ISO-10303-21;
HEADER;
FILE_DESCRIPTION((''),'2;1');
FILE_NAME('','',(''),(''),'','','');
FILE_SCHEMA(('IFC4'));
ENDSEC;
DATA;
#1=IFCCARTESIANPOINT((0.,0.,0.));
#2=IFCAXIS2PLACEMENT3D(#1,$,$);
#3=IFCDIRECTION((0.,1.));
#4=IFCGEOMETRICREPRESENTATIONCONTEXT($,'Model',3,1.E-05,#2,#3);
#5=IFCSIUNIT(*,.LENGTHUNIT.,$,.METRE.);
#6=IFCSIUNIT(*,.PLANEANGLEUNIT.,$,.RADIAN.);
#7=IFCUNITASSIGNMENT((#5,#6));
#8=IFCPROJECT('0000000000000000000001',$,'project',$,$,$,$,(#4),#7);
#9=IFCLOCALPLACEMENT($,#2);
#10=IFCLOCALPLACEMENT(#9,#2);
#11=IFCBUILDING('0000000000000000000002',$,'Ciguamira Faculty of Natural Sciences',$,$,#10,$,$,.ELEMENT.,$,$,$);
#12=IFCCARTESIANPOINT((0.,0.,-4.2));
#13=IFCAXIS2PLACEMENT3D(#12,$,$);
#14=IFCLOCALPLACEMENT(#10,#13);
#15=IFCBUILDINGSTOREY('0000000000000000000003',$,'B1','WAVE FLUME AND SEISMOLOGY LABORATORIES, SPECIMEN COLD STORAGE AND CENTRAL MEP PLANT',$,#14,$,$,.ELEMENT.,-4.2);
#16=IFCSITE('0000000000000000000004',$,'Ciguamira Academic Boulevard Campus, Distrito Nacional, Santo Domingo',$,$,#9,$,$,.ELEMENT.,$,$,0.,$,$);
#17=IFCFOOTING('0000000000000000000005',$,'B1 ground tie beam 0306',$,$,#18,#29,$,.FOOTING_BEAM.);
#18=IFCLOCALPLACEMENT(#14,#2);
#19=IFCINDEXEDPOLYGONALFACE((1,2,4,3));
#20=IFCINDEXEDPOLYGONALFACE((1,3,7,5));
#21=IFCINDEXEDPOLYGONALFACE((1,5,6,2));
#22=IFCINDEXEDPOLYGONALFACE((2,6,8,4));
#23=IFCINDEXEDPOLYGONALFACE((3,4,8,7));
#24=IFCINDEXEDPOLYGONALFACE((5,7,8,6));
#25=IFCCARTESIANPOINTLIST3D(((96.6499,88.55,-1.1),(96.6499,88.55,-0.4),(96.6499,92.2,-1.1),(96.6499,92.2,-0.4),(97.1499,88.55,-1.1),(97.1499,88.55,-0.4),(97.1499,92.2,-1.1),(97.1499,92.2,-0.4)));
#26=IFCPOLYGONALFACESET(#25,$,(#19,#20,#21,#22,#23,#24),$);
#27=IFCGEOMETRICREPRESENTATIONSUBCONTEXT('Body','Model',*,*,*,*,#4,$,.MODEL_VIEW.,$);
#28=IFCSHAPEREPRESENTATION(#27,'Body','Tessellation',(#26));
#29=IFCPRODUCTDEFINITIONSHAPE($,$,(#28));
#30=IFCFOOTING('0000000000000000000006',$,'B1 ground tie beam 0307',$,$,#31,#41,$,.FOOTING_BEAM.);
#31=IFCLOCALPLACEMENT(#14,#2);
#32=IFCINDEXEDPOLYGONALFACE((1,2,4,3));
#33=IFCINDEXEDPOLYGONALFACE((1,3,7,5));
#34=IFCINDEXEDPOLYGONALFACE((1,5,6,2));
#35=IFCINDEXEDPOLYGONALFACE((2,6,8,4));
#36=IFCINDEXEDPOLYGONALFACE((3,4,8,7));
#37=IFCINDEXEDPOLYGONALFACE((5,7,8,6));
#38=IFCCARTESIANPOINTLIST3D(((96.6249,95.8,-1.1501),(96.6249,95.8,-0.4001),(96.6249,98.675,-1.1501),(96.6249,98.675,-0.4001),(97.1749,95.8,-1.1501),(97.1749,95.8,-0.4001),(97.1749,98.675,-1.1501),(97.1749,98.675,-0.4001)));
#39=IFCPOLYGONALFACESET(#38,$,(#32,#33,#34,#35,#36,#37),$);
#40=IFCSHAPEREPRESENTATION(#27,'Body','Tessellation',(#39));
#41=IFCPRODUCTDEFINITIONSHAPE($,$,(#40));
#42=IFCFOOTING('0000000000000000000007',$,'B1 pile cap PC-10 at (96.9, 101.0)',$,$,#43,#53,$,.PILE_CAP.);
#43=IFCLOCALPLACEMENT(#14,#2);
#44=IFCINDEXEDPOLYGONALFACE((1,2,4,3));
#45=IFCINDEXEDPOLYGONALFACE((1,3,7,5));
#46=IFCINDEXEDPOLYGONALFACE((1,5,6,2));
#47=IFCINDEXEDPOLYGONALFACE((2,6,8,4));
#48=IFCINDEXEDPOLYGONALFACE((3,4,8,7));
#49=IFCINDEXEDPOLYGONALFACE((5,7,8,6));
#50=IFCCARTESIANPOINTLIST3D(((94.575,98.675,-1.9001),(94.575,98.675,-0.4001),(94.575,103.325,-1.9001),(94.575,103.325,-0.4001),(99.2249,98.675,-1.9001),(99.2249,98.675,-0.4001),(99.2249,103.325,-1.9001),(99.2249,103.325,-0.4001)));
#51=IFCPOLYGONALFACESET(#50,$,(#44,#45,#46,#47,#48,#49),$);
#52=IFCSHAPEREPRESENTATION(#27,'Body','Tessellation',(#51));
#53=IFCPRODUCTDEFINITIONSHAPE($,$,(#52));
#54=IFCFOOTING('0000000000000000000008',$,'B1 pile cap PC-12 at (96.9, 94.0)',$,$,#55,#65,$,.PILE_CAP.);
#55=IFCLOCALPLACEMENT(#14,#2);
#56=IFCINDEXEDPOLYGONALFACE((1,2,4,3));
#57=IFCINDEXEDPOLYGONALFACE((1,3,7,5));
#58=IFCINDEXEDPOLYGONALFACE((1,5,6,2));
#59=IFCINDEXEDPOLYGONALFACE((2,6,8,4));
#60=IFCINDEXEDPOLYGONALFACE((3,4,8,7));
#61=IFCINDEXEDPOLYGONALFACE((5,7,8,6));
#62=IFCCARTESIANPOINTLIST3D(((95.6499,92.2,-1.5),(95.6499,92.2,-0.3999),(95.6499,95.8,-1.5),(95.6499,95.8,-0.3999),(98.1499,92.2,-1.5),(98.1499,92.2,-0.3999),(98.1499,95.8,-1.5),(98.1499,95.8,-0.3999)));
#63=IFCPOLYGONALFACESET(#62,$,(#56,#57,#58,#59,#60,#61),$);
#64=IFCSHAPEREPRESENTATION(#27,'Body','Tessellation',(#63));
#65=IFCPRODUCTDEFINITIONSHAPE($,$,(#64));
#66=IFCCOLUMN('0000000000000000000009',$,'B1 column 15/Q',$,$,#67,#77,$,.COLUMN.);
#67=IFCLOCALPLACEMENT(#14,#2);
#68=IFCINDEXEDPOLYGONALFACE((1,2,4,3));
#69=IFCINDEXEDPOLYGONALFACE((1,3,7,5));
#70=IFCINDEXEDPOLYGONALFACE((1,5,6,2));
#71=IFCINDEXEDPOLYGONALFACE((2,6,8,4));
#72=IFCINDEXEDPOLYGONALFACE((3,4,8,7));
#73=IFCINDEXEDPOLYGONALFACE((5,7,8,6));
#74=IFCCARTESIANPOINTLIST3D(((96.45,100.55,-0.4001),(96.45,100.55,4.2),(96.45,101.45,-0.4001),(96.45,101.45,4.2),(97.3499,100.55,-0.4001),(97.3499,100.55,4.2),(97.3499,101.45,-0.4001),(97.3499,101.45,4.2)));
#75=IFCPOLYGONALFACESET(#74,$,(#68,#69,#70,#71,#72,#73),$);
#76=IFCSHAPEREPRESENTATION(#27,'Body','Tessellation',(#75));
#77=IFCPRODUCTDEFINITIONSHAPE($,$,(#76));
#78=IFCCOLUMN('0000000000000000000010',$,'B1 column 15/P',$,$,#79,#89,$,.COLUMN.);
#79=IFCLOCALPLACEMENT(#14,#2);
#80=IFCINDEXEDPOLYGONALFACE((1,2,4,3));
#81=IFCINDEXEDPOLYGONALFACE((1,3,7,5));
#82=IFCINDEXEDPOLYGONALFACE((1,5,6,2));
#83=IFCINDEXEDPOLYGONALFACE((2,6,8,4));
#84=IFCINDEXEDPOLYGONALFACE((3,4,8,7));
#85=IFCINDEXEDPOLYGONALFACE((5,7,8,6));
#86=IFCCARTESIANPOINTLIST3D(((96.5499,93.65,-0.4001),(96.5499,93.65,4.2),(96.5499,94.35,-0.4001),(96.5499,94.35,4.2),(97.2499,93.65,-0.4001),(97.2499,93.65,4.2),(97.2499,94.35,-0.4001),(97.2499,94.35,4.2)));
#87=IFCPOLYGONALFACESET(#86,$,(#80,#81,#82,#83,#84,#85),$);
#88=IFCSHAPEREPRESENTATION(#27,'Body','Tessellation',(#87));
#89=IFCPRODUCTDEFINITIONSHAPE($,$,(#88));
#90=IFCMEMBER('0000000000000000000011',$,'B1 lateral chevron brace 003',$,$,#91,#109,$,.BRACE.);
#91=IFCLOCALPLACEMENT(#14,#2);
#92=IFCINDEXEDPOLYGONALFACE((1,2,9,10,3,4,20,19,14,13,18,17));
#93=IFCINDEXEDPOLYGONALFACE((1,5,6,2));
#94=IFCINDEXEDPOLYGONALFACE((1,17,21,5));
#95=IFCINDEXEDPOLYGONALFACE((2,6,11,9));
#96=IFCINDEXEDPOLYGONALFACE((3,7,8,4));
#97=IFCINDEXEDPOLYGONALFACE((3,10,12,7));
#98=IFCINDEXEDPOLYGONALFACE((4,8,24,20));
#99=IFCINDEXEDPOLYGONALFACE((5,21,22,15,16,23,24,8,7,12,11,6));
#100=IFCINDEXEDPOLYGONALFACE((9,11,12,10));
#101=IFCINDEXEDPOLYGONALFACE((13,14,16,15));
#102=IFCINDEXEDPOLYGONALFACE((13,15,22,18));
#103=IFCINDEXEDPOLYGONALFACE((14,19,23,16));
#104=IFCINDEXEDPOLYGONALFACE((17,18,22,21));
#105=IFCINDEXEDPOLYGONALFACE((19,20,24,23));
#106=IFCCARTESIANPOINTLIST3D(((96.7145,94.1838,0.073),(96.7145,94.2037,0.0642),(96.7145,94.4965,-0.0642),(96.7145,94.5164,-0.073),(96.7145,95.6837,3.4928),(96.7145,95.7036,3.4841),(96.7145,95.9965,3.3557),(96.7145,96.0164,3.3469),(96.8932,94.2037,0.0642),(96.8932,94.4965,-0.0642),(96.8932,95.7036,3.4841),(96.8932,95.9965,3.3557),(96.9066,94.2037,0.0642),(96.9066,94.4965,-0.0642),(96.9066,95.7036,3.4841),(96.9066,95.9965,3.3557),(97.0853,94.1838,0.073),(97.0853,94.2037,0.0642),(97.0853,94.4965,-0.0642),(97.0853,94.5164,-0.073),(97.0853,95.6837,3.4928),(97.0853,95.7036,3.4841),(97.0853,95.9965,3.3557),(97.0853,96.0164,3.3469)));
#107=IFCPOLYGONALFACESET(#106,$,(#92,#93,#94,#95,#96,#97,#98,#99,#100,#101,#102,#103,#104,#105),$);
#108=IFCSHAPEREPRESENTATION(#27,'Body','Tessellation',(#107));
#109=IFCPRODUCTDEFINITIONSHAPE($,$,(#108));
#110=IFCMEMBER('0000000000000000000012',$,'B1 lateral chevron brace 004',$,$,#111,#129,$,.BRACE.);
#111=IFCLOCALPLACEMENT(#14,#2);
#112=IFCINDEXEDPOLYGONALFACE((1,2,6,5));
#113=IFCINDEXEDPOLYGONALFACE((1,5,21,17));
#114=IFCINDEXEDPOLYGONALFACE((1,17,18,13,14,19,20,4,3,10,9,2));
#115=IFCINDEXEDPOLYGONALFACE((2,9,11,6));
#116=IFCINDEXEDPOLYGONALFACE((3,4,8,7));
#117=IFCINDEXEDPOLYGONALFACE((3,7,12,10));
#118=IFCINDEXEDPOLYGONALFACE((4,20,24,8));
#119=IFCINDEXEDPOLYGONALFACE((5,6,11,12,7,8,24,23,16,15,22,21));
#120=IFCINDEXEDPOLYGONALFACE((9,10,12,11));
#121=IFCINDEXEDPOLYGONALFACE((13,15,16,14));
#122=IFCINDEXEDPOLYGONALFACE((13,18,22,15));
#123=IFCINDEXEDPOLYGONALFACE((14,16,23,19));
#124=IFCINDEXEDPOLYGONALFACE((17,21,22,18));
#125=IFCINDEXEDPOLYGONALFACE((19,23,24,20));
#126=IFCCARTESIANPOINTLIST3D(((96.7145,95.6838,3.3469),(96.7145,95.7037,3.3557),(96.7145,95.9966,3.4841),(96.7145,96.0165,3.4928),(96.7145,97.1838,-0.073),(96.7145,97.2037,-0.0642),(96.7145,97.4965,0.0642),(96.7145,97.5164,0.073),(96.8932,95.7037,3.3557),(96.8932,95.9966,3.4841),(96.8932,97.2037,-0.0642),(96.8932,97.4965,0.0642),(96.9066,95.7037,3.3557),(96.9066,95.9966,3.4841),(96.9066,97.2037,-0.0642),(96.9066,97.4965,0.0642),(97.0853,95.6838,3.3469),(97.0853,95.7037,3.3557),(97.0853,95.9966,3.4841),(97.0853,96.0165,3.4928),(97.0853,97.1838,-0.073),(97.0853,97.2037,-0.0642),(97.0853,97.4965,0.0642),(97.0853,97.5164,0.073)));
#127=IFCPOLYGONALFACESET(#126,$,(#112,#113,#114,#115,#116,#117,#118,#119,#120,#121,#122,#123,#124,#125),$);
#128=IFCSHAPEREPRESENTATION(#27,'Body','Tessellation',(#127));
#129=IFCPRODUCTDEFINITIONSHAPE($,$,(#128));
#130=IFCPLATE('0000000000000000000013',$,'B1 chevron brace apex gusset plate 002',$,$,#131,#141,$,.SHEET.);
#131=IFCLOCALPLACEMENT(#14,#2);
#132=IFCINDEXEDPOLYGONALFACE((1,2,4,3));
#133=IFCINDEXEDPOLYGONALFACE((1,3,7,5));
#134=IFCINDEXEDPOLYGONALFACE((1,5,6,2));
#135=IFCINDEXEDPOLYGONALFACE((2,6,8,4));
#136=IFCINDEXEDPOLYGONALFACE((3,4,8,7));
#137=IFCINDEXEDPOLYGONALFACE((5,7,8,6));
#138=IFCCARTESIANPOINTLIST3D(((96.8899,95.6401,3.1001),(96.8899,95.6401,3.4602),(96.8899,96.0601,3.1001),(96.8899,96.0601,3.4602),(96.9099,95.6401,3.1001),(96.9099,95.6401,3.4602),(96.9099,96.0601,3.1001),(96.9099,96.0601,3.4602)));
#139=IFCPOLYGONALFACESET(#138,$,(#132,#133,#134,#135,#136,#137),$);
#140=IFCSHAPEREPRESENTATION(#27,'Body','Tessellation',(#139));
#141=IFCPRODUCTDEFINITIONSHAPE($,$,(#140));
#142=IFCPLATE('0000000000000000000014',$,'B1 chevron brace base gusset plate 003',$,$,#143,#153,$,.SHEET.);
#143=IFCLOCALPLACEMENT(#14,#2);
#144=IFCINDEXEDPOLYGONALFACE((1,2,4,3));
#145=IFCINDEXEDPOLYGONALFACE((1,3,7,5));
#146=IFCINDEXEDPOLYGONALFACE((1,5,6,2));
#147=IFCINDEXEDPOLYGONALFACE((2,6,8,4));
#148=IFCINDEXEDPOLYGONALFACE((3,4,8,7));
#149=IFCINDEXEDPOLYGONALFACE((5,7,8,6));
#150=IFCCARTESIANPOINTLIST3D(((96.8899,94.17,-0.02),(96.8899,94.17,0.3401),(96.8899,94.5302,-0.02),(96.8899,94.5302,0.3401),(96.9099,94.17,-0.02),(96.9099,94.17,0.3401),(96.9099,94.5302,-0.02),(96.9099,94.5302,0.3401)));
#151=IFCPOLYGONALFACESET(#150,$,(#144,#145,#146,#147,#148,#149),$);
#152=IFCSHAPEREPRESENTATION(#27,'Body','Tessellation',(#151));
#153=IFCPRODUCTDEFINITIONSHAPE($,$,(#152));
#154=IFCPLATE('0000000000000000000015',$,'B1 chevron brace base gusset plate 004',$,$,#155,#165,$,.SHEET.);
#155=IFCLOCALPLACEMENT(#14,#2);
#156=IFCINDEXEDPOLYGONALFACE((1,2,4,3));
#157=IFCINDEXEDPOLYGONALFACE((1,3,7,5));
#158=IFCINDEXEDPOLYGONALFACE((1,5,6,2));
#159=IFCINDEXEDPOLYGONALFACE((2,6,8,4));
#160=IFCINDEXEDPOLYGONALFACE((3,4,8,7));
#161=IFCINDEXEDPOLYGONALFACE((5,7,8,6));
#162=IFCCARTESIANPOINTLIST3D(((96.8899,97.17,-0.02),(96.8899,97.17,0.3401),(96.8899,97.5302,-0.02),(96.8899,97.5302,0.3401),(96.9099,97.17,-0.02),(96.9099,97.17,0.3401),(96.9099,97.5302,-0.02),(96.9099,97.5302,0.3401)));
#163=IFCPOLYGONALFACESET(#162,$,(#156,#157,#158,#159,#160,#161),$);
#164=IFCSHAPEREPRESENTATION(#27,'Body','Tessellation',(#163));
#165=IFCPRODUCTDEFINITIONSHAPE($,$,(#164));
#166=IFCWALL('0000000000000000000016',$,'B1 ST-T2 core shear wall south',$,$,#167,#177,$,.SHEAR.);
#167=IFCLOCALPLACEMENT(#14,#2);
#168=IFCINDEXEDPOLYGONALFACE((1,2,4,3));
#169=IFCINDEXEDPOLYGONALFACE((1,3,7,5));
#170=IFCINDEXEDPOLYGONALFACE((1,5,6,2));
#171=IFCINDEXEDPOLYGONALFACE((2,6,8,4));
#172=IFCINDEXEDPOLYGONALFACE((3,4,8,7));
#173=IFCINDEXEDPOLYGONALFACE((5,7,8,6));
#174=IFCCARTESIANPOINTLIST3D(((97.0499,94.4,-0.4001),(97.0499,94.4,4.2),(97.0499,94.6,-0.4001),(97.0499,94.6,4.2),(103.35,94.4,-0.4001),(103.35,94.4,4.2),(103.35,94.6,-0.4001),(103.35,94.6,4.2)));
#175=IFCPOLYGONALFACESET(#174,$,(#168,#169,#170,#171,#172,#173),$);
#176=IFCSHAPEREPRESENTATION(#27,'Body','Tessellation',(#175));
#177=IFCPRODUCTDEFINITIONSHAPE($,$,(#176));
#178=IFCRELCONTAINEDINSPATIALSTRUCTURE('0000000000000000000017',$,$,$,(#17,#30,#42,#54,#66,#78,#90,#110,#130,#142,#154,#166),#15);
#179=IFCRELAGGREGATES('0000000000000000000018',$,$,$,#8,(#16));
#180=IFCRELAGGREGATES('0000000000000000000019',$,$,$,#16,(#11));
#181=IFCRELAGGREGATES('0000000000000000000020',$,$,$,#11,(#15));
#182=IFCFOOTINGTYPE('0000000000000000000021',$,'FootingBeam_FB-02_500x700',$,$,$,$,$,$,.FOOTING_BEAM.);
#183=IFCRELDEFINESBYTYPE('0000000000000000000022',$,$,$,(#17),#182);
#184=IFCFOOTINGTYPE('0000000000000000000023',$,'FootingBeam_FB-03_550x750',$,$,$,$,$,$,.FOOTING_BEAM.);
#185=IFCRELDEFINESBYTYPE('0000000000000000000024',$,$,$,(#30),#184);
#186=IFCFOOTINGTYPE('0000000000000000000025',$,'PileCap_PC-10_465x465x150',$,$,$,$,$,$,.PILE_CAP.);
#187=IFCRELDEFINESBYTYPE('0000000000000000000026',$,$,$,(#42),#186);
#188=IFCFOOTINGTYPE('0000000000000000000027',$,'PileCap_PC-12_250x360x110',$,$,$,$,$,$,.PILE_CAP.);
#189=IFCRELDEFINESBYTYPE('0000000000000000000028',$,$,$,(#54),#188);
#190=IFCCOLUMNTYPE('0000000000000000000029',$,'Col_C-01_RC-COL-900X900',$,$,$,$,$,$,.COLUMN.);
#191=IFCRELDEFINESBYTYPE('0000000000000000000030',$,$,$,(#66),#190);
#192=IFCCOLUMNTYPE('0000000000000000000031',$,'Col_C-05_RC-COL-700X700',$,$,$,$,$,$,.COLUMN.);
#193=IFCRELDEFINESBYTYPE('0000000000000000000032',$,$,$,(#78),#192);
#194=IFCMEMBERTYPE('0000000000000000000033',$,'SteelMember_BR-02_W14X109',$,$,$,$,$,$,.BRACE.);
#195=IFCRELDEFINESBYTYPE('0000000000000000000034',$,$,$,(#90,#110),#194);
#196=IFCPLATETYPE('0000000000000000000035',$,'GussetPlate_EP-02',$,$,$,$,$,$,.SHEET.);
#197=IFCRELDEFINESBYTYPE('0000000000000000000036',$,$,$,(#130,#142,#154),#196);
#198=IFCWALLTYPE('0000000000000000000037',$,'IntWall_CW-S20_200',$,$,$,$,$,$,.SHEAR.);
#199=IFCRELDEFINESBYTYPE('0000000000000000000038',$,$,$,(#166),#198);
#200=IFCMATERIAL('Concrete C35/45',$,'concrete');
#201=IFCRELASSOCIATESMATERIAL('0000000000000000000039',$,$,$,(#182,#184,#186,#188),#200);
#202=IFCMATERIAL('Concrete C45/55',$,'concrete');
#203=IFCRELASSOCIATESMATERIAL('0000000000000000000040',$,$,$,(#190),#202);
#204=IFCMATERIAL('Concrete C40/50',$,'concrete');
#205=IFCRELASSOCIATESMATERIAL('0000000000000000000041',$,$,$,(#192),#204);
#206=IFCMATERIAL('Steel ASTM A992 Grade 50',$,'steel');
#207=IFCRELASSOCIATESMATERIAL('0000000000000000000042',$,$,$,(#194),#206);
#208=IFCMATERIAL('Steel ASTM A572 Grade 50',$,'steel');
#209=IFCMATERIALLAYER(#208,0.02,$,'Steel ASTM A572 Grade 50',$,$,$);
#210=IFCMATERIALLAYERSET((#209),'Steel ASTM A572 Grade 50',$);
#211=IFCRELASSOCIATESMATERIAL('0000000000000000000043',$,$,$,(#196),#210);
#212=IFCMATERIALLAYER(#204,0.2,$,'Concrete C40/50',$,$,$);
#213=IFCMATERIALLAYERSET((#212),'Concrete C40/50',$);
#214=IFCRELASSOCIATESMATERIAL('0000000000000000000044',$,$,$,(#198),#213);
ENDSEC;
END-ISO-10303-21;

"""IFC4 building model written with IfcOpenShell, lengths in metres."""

from ifc_helpers import new_model, si_unit, direction, frame, frame_2d, origin, origin_2d, place, context, subcontext, project, spatial, rectangle, i_section, extrude, material, layer, layer_set, material_profile, profile_set, type_object, element, save


model = new_model("IFC4")

# Units and contexts
model_context = context("Model", 3, precision=1e-05, world=origin(), true_north=direction((0.0, 1.0)))
body_context = subcontext(model_context, "Body", "Model", "MODEL_VIEW")
ifc_project = project(units=[si_unit("LENGTHUNIT", "METRE"), si_unit("PLANEANGLEUNIT", "RADIAN")], contexts=[model_context])

# Site, building, storey
site_placement = place(None, origin())
site = spatial("IfcSite", under=ifc_project, at=site_placement, Name="Ciguamira Academic Boulevard Campus, Distrito Nacional, Santo Domingo", CompositionType="ELEMENT", RefElevation=0.0)
building_placement = place(site_placement, origin())
building = spatial("IfcBuilding", under=site, at=building_placement, Name="Ciguamira Faculty of Natural Sciences", CompositionType="ELEMENT")
storey_placement = place(building_placement, frame((0.0, 0.0, -4.2)))
storey = spatial("IfcBuildingStorey", under=building, at=storey_placement, Name="B1", Description="WAVE FLUME AND SEISMOLOGY LABORATORIES, SPECIMEN COLD STORAGE AND CENTRAL MEP PLANT", CompositionType="ELEMENT", Elevation=-4.2)

# Shared definitions
ifc_material_1 = material(Name="Concrete C35/45", Category="concrete")

# Footings
ifc_material_profile_1 = material_profile(ifc_material_1, rectangle(XDim=0.5, YDim=0.7, at=origin_2d()), Name="RC-FB-500X700")
ifc_profile_set_1 = profile_set([ifc_material_profile_1], Name="Concrete C35/45")
footing_type_1 = type_object("IfcFootingType", Name="FootingBeam_FB-02_500x700", PredefinedType="FOOTING_BEAM", material=ifc_profile_set_1)
footing_1_placement = place(storey_placement, frame((96.8999, 88.55, -0.75), z_axis=(0.0, 1.0, 0.0), x_axis=(-1.0, 0.0, 0.0)))
element("IfcFooting", 1, at=footing_1_placement, inside=storey, type_object=footing_type_1, Name="B1 ground tie beam 0306", PredefinedType="FOOTING_BEAM", context=body_context, shape_type="SweptSolid", body=[
    extrude(rectangle(XDim=0.5, YDim=0.7, at=origin_2d()), origin(), (0.0, 0.0, 1.0), 3.6499),
])
ifc_material_profile_2 = material_profile(ifc_material_1, rectangle(XDim=0.55, YDim=0.75, at=origin_2d()), Name="RC-FB-550X750")
ifc_profile_set_2 = profile_set([ifc_material_profile_2], Name="Concrete C35/45")
footing_type_2 = type_object("IfcFootingType", Name="FootingBeam_FB-03_550x750", PredefinedType="FOOTING_BEAM", material=ifc_profile_set_2)
footing_2_placement = place(storey_placement, frame((96.8999, 95.8, -0.7751), z_axis=(0.0, 1.0, 0.0), x_axis=(-1.0, 0.0, 0.0)))
element("IfcFooting", 2, at=footing_2_placement, inside=storey, type_object=footing_type_2, Name="B1 ground tie beam 0307", PredefinedType="FOOTING_BEAM", context=body_context, shape_type="SweptSolid", body=[
    extrude(rectangle(XDim=0.55, YDim=0.75, at=origin_2d()), origin(), (0.0, 0.0, 1.0), 2.875),
])
footing_type_3 = type_object("IfcFootingType", Name="PileCap_PC-10_465x465x150", PredefinedType="PILE_CAP", material=ifc_material_1)
footing_3_placement = place(storey_placement, frame((96.8999, 101.0, -1.9001), z_axis=(0.0, 0.0, 1.0), x_axis=(1.0, 0.0, 0.0)))
element("IfcFooting", 3, at=footing_3_placement, inside=storey, type_object=footing_type_3, Name="B1 pile cap PC-10 at (96.9, 101.0)", PredefinedType="PILE_CAP", context=body_context, shape_type="SweptSolid", body=[
    extrude(rectangle(XDim=4.6499, YDim=4.6499, at=origin_2d()), origin(), (0.0, 0.0, 1.0), 1.5),
])
footing_type_4 = type_object("IfcFootingType", Name="PileCap_PC-12_250x360x110", PredefinedType="PILE_CAP", material=ifc_material_1)
footing_4_placement = place(storey_placement, frame((96.8999, 94.0, -1.5), z_axis=(0.0, 0.0, 1.0), x_axis=(1.0, 0.0, 0.0)))
element("IfcFooting", 4, at=footing_4_placement, inside=storey, type_object=footing_type_4, Name="B1 pile cap PC-12 at (96.9, 94.0)", PredefinedType="PILE_CAP", context=body_context, shape_type="SweptSolid", body=[
    extrude(rectangle(XDim=2.5, YDim=3.6001, at=origin_2d()), origin(), (0.0, 0.0, 1.0), 1.1001),
])

# Columns
ifc_material_2 = material(Name="Concrete C45/55", Category="concrete")
ifc_material_profile_3 = material_profile(ifc_material_2, rectangle(XDim=0.8999, YDim=0.8999, at=origin_2d()), Name="RC-COL-900X900")
ifc_profile_set_3 = profile_set([ifc_material_profile_3], Name="Concrete C45/55")
column_type_1 = type_object("IfcColumnType", Name="Col_C-01_RC-COL-900X900", PredefinedType="COLUMN", material=ifc_profile_set_3)
column_1_placement = place(storey_placement, frame((96.8999, 101.0, -0.4001), z_axis=(0.0, 0.0, 1.0), x_axis=(1.0, 0.0, 0.0)))
element("IfcColumn", 5, at=column_1_placement, inside=storey, type_object=column_type_1, Name="B1 column 15/Q", PredefinedType="COLUMN", context=body_context, shape_type="SweptSolid", body=[
    extrude(rectangle(XDim=0.8999, YDim=0.8999, at=origin_2d()), origin(), (0.0, 0.0, 1.0), 4.6001),
])
ifc_material_3 = material(Name="Concrete C40/50", Category="concrete")
ifc_material_profile_4 = material_profile(ifc_material_3, rectangle(XDim=0.7, YDim=0.7, at=origin_2d()), Name="RC-COL-700X700")
ifc_profile_set_4 = profile_set([ifc_material_profile_4], Name="Concrete C40/50")
column_type_2 = type_object("IfcColumnType", Name="Col_C-05_RC-COL-700X700", PredefinedType="COLUMN", material=ifc_profile_set_4)
column_2_placement = place(storey_placement, frame((96.8999, 94.0, -0.4001), z_axis=(0.0, 0.0, 1.0), x_axis=(1.0, 0.0, 0.0)))
element("IfcColumn", 6, at=column_2_placement, inside=storey, type_object=column_type_2, Name="B1 column 15/P", PredefinedType="COLUMN", context=body_context, shape_type="SweptSolid", body=[
    extrude(rectangle(XDim=0.7, YDim=0.7, at=origin_2d()), origin(), (0.0, 0.0, 1.0), 4.6001),
])

# Members
ifc_material_4 = material(Name="Steel ASTM A992 Grade 50", Category="steel")
ifc_material_profile_5 = material_profile(ifc_material_4, i_section(OverallWidth=0.3708, OverallDepth=0.3633, WebThickness=0.0134, FlangeThickness=0.0217, at=origin_2d()), Name="W14X109")
ifc_profile_set_5 = profile_set([ifc_material_profile_5], Name="Steel ASTM A992 Grade 50")
member_type = type_object("IfcMemberType", Name="SteelMember_BR-02_W14X109", PredefinedType="BRACE", material=ifc_profile_set_5)
for number, where, z_axis, x_axis, name in (
    (7, (96.8999, 94.3501, 0.0), (0.0, 0.401669, 0.915785), (-1.0, 0.0, 0.0), "B1 lateral chevron brace 003"),
    (8, (96.8999, 97.3501, 0.0), (0.0, -0.401669, 0.915785), (1.0, 0.0, 0.0), "B1 lateral chevron brace 004"),
):
    element("IfcMember", number, at=place(storey_placement, frame(where, z_axis=z_axis, x_axis=x_axis)), inside=storey, type_object=member_type, Name=name, PredefinedType="BRACE", context=body_context, shape_type="SweptSolid", body=[
        extrude(i_section(OverallWidth=0.3708, OverallDepth=0.3633, WebThickness=0.0134, FlangeThickness=0.0217, at=origin_2d()), origin(), (0.0, 0.0, 1.0), 3.7344),
    ])

# Plates
ifc_material_5 = material(Name="Steel ASTM A572 Grade 50", Category="steel")
ifc_layer_1 = layer(ifc_material_5, 0.02, Name="Steel ASTM A572 Grade 50")
ifc_layer_set_1 = layer_set([ifc_layer_1], Name="Steel ASTM A572 Grade 50")
plate_type = type_object("IfcPlateType", Name="GussetPlate_EP-02", PredefinedType="SHEET", material=ifc_layer_set_1)
plate_placement = place(storey_placement, frame((96.8999, 95.8501, 3.1001), z_axis=(0.0, 0.0, 1.0), x_axis=(1.0, 0.0, 0.0)))
element("IfcPlate", 9, at=plate_placement, inside=storey, type_object=plate_type, Name="B1 chevron brace apex gusset plate 002", PredefinedType="SHEET", context=body_context, shape_type="SweptSolid", body=[
    extrude(rectangle(XDim=0.02, YDim=0.4199, at=origin_2d()), origin(), (0.0, 0.0, 1.0), 0.3601),
])
for number, where, z_axis, x_axis, name in (
    (10, (96.8999, 94.3501, -0.02), (0.0, 0.0, 1.0), (1.0, 0.0, 0.0), "B1 chevron brace base gusset plate 003"),
    (11, (96.8999, 97.3501, -0.02), (0.0, 0.0, 1.0), (1.0, 0.0, 0.0), "B1 chevron brace base gusset plate 004"),
):
    element("IfcPlate", number, at=place(storey_placement, frame(where, z_axis=z_axis, x_axis=x_axis)), inside=storey, type_object=plate_type, Name=name, PredefinedType="SHEET", context=body_context, shape_type="SweptSolid", body=[
        extrude(rectangle(XDim=0.02, YDim=0.3601, at=origin_2d()), origin(), (0.0, 0.0, 1.0), 0.3601),
    ])

# Wall
ifc_layer_2 = layer(ifc_material_3, 0.2, Name="Concrete C40/50")
ifc_layer_set_2 = layer_set([ifc_layer_2], Name="Concrete C40/50")
wall_type_1 = type_object("IfcWallType", Name="IntWall_CW-S20_200", PredefinedType="SHEAR", material=ifc_layer_set_2)
wall_1_placement = place(storey_placement, frame((97.05, 94.5, -0.4001), z_axis=(0.0, 0.0, 1.0), x_axis=(1.0, 0.0, 0.0)))
element("IfcWall", 12, at=wall_1_placement, inside=storey, type_object=wall_type_1, Name="B1 ST-T2 core shear wall south", PredefinedType="SHEAR", context=body_context, shape_type="SweptSolid", body=[
    extrude(rectangle(XDim=6.3, YDim=0.2, at=frame_2d((3.1499, 0.0))), origin(), (0.0, 0.0, 1.0), 4.6001),
])

save(model, "model.ifc")
